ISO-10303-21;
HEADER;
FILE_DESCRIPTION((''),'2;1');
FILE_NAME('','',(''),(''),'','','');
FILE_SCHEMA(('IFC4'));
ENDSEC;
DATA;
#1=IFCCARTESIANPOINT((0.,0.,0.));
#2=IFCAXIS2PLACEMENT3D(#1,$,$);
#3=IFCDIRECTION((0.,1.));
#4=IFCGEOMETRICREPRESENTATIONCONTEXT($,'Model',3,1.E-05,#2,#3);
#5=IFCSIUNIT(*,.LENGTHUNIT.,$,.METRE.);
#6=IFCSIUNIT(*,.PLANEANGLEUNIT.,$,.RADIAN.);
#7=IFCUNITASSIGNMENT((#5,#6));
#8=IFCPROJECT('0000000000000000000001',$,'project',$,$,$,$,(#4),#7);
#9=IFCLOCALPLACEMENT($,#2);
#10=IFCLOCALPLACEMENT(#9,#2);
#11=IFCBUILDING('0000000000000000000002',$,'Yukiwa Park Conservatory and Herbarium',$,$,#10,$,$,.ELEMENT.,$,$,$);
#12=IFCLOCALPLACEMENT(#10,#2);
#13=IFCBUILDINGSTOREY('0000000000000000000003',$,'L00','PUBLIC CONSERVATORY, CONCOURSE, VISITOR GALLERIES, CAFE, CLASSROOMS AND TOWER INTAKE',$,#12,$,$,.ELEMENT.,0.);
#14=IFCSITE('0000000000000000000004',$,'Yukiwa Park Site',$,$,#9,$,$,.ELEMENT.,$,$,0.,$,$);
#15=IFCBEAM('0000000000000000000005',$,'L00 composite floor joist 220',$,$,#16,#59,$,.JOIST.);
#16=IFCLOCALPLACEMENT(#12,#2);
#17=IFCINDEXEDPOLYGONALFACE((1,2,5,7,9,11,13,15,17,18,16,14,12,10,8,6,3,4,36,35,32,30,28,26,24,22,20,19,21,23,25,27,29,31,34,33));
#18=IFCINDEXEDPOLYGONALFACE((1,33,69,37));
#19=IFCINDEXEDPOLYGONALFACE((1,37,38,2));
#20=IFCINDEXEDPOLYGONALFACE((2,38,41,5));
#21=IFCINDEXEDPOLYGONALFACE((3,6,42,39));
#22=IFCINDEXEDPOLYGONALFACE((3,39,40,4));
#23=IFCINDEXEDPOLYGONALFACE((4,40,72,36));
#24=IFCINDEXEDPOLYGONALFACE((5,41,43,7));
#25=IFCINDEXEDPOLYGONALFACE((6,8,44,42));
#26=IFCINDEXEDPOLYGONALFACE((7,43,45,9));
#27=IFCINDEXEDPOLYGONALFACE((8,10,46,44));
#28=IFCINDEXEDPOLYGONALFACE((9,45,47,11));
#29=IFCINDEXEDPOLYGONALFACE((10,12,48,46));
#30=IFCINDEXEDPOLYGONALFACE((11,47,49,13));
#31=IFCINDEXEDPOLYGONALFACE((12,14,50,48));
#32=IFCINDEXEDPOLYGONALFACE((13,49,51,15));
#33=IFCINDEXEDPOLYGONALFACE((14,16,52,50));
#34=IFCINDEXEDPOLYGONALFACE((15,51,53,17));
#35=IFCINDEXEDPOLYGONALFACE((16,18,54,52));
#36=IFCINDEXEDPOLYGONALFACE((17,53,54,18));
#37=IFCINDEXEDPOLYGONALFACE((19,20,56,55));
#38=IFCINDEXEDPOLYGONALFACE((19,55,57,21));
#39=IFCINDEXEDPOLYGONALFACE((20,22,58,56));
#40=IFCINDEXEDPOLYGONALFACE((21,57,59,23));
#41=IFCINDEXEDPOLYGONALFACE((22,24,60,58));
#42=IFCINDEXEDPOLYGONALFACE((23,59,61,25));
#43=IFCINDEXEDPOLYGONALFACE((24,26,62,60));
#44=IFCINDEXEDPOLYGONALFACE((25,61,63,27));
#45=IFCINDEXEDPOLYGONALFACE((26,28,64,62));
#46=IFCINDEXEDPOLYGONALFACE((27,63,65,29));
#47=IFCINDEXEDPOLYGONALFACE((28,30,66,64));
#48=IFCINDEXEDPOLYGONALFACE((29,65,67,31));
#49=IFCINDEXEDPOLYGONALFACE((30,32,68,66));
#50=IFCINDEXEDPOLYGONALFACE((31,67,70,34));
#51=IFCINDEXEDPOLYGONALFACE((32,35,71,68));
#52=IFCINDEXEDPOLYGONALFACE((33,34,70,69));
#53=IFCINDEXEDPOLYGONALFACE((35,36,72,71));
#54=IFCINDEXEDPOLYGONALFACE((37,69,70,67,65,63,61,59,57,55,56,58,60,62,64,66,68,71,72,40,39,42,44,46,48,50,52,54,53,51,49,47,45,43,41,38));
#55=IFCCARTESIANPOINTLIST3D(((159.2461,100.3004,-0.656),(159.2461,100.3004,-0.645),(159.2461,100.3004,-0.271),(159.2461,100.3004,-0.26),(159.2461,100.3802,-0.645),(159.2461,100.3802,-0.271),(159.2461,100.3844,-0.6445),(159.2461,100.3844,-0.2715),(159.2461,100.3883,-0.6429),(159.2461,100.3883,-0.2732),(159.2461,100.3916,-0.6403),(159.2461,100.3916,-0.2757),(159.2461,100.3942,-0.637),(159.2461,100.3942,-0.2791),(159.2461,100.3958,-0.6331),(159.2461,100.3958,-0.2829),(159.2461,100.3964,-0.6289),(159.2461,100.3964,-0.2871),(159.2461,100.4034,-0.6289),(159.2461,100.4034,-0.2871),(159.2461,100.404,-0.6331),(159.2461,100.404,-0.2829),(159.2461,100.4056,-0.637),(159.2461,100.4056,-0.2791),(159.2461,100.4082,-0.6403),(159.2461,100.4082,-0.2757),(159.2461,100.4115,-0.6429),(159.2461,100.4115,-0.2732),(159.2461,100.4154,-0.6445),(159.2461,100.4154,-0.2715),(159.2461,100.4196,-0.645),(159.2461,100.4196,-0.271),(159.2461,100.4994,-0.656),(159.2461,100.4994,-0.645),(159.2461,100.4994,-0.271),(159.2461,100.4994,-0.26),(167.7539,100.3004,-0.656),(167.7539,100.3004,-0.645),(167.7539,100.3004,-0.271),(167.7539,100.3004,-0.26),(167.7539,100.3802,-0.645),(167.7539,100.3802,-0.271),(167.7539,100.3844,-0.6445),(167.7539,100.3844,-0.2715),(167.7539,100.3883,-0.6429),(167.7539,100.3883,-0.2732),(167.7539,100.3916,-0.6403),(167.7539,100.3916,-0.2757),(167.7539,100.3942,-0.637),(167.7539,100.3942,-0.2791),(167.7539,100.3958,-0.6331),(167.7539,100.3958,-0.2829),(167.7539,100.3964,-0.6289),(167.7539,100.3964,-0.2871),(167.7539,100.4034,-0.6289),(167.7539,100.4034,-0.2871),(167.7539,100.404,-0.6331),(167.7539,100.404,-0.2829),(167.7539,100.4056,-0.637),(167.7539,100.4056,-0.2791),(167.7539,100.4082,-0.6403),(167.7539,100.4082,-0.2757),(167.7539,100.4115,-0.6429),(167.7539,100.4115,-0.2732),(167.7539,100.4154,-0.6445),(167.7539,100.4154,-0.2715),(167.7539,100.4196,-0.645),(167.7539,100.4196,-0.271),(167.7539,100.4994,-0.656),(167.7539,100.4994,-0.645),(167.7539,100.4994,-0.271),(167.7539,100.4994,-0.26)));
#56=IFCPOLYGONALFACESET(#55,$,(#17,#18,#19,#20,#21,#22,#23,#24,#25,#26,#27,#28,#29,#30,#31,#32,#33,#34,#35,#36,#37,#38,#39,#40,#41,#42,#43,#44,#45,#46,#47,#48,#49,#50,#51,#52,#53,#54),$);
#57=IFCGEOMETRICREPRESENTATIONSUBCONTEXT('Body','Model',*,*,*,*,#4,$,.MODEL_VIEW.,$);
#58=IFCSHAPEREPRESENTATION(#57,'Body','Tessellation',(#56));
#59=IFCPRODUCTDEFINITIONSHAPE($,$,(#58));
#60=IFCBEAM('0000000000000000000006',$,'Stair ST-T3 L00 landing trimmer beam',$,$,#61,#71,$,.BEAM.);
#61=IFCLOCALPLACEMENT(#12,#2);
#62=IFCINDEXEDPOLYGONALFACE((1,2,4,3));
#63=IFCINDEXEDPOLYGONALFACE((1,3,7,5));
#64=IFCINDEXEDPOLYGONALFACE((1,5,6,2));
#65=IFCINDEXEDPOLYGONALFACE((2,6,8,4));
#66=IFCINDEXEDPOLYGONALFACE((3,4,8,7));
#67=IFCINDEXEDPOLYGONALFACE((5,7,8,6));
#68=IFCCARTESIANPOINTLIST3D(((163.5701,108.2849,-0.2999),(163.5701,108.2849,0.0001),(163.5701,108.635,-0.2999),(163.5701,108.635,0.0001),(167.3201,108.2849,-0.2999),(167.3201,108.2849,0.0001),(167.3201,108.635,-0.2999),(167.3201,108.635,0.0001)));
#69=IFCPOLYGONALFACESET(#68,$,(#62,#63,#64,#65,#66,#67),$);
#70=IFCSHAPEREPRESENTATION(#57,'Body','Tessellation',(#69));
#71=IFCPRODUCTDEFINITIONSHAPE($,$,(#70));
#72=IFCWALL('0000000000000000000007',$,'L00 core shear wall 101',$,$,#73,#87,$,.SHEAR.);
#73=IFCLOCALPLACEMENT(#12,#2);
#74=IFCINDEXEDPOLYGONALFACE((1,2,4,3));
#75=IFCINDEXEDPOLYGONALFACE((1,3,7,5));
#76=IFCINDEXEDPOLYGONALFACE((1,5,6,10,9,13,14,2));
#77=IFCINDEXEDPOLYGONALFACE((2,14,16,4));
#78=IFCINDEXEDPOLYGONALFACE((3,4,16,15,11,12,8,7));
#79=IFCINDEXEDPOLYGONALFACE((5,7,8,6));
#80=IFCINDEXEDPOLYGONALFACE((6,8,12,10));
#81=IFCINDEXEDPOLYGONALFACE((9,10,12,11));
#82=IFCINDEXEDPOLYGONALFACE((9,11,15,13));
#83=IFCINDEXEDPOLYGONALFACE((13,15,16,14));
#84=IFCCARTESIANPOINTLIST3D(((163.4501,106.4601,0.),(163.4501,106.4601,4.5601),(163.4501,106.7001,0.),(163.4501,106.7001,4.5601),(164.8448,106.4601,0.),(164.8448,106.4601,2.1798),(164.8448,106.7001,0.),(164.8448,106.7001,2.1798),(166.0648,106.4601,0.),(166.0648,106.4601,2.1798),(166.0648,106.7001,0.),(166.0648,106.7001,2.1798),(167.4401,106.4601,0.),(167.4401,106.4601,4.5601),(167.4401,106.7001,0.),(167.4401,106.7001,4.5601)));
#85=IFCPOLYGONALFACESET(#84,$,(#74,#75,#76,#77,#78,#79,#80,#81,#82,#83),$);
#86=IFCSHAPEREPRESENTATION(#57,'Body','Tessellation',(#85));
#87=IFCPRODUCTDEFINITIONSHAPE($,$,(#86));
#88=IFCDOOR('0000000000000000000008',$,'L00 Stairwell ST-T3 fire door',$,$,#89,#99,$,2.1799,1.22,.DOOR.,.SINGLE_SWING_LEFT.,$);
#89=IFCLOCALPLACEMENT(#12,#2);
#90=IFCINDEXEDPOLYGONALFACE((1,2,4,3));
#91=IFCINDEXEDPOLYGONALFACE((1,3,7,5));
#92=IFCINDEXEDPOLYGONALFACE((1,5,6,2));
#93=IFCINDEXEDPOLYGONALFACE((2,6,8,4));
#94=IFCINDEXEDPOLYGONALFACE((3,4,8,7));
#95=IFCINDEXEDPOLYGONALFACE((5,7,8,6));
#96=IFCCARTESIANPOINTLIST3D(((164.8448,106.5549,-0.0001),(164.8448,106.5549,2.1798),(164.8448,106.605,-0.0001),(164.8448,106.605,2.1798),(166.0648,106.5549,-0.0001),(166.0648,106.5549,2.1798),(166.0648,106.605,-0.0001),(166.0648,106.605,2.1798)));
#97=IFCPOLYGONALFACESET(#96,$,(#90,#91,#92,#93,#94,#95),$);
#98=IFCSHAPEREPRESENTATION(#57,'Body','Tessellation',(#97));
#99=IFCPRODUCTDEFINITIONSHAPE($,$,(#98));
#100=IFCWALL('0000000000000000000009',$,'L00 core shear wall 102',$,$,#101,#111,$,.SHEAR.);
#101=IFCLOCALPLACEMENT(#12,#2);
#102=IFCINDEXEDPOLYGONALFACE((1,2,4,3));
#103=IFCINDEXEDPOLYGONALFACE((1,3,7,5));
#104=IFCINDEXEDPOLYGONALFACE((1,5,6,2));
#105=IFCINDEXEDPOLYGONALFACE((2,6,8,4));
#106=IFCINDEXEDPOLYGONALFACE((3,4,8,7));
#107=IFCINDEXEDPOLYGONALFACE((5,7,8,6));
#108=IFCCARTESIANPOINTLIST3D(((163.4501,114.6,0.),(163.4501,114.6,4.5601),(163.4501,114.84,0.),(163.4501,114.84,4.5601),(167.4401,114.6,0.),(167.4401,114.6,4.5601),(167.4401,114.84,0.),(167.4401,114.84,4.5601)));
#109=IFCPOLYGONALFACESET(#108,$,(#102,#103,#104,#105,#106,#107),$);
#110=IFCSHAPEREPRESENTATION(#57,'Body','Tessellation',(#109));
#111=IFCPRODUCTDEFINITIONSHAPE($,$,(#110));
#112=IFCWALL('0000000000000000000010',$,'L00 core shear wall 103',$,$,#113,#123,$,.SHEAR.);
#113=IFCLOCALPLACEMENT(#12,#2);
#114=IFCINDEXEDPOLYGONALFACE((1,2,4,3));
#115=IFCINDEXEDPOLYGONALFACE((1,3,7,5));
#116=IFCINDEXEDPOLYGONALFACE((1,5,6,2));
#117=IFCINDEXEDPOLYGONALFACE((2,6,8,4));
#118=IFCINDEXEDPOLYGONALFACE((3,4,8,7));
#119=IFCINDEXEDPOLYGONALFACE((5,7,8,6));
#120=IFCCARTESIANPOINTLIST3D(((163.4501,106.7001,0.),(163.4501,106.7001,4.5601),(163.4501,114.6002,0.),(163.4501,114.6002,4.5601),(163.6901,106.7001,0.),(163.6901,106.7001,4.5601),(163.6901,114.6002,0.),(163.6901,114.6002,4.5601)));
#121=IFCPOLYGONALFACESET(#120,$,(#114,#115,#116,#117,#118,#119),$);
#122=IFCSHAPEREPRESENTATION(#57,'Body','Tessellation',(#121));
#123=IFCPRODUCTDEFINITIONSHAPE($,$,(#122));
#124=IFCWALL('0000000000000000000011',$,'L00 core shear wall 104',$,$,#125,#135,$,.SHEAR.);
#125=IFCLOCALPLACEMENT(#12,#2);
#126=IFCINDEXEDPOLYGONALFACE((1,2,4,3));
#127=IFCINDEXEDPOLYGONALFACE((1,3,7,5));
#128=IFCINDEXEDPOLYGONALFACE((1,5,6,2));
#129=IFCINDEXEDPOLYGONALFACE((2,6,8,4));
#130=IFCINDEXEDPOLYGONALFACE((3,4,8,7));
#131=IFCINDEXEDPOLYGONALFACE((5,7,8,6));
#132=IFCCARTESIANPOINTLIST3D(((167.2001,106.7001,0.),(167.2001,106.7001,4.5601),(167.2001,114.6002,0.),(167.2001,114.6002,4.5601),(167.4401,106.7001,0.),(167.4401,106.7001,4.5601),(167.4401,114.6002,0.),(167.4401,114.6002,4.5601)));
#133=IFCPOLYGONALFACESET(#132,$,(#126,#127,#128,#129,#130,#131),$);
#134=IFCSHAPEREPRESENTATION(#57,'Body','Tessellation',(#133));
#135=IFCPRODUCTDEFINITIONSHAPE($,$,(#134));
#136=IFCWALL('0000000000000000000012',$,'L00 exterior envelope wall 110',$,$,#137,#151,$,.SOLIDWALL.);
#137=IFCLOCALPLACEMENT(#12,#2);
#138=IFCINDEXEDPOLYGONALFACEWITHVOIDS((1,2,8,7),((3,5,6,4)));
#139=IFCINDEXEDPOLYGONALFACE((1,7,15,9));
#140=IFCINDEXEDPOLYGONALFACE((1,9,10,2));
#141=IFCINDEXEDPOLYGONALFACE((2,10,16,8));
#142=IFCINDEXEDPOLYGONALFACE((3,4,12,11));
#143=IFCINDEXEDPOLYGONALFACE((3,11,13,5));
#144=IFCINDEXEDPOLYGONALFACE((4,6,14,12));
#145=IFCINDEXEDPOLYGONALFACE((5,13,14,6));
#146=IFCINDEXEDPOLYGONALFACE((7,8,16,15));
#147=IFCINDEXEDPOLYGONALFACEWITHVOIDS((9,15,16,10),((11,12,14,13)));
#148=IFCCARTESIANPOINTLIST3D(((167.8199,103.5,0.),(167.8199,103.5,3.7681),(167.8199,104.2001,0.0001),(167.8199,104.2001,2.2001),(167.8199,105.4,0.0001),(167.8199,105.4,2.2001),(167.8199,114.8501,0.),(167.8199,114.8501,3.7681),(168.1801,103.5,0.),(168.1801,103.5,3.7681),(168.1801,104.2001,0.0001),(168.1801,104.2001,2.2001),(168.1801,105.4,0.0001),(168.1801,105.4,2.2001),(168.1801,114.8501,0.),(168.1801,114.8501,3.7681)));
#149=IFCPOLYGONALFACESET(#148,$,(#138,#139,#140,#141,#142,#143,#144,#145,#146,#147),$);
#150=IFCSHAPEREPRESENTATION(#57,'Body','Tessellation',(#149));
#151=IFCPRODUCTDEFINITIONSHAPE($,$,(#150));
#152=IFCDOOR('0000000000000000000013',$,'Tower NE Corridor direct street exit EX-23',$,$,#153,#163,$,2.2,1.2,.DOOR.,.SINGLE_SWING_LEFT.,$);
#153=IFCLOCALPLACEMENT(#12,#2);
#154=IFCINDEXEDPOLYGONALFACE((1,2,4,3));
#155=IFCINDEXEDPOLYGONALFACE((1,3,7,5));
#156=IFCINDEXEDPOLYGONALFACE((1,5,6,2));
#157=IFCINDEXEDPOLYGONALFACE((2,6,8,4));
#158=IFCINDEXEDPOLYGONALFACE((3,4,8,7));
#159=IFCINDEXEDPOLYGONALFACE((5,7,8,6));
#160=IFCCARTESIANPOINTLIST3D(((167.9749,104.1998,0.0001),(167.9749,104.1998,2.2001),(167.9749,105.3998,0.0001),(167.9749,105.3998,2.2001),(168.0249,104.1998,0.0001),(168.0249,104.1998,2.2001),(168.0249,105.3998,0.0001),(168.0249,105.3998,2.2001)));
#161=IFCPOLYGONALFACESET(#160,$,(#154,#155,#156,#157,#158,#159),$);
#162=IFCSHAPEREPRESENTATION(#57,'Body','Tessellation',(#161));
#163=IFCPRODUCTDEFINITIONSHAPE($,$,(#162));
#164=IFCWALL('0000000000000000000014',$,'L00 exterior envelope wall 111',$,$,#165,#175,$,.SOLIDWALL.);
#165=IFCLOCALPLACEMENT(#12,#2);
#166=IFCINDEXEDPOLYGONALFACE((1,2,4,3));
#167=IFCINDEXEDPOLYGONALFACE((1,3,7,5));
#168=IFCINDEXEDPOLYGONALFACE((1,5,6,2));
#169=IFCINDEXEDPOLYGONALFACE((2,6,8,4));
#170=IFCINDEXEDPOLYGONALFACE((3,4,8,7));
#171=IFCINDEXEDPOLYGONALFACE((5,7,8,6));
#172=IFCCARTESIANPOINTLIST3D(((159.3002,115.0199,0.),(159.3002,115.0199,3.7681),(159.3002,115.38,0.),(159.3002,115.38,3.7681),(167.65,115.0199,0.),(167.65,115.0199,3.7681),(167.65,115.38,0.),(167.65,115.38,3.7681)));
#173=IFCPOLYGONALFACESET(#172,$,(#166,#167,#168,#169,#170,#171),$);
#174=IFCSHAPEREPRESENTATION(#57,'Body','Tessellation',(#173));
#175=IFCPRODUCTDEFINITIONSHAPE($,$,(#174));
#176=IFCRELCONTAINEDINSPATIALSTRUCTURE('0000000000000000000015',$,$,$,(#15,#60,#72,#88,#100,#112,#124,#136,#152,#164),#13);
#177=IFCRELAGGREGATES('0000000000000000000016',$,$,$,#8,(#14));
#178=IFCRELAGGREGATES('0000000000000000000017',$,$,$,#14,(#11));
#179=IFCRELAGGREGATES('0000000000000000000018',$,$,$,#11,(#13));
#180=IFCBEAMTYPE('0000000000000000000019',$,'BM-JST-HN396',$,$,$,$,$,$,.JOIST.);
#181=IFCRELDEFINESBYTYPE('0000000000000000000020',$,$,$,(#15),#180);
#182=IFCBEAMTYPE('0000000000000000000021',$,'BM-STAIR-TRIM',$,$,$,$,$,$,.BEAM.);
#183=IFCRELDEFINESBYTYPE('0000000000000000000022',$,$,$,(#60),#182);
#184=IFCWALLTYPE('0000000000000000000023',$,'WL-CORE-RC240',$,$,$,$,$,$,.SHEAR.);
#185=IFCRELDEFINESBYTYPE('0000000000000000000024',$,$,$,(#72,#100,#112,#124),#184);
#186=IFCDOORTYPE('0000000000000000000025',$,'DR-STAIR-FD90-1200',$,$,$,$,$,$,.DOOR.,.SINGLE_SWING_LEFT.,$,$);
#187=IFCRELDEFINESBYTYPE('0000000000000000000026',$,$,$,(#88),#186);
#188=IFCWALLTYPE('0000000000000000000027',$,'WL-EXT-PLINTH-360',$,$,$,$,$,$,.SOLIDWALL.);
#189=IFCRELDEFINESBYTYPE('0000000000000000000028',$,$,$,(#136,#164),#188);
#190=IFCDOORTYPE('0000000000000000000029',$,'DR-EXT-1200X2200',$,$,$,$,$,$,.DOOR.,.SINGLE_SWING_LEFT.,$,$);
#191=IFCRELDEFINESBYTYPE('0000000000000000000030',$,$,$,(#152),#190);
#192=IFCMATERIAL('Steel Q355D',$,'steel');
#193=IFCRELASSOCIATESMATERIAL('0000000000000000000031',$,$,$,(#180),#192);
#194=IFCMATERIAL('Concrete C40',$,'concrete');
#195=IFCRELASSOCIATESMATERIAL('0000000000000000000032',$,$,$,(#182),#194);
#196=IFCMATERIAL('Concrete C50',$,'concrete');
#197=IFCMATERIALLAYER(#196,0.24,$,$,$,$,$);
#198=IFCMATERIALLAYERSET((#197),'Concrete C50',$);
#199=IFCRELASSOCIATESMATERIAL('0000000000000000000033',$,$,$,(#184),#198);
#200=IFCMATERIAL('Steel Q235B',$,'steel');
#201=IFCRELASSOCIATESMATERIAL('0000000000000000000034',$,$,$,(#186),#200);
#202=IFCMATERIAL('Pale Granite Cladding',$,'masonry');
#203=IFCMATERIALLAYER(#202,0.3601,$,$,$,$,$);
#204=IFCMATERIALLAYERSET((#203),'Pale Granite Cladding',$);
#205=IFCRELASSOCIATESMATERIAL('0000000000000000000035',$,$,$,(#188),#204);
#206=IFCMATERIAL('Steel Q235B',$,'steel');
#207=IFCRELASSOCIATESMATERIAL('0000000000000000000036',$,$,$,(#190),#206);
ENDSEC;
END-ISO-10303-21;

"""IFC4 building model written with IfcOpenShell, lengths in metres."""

from ifc_helpers import new_model, si_unit, direction, frame, frame_2d, origin, origin_2d, place, context, subcontext, project, spatial, rectangle, i_section, extrude, material, layer, layer_set, material_profile, profile_set, type_object, element, fill, save


model = new_model("IFC4")

# Units and contexts
model_context = context("Model", 3, precision=1e-05, world=origin(), true_north=direction((0.0, 1.0)))
body_context = subcontext(model_context, "Body", "Model", "MODEL_VIEW")
ifc_project = project(units=[si_unit("LENGTHUNIT", "METRE"), si_unit("PLANEANGLEUNIT", "RADIAN")], contexts=[model_context])

# Site, building, storey
site_placement = place(None, origin())
site = spatial("IfcSite", under=ifc_project, at=site_placement, Name="Yukiwa Park Site", CompositionType="ELEMENT", RefElevation=0.0)
building_placement = place(site_placement, origin())
building = spatial("IfcBuilding", under=site, at=building_placement, Name="Yukiwa Park Conservatory and Herbarium", CompositionType="ELEMENT")
storey_placement = place(building_placement, origin())
storey = spatial("IfcBuildingStorey", under=building, at=storey_placement, Name="L00", Description="PUBLIC CONSERVATORY, CONCOURSE, VISITOR GALLERIES, CAFE, CLASSROOMS AND TOWER INTAKE", CompositionType="ELEMENT", Elevation=0.0)

# Beams
ifc_material_1 = material(Name="Steel Q355D", Category="steel")
ifc_material_profile_1 = material_profile(ifc_material_1, i_section(OverallWidth=0.199, OverallDepth=0.396, WebThickness=0.0071, FlangeThickness=0.011, FilletRadius=0.0161, at=origin_2d()), Name="HN 396x199x7x11")
ifc_profile_set_1 = profile_set([ifc_material_profile_1], Name="Steel Q355D")
beam_type_1 = type_object("IfcBeamType", Name="BM-JST-HN396", PredefinedType="JOIST", material=ifc_profile_set_1)
for number, where, z_axis, x_axis, name in (
    (1, (159.2461, 100.3999, -0.458), (1.0, 0.0, 0.0), (0.0, 1.0, 0.0), "L00 composite floor joist 220"),
):
    element("IfcBeam", number, at=place(storey_placement, frame(where, z_axis=z_axis, x_axis=x_axis)), inside=storey, type_object=beam_type_1, Name=name, PredefinedType="JOIST", context=body_context, shape_type="SweptSolid", body=[
        extrude(i_section(OverallWidth=0.199, OverallDepth=0.396, WebThickness=0.0071, FlangeThickness=0.011, FilletRadius=0.0161, at=origin_2d()), origin(), (0.0, 0.0, 1.0), 8.5078),
    ])
ifc_material_2 = material(Name="Concrete C40", Category="concrete")
ifc_material_profile_2 = material_profile(ifc_material_2, rectangle(XDim=0.3501, YDim=0.3, at=origin_2d()), Name="RC 350x300")
ifc_profile_set_2 = profile_set([ifc_material_profile_2], Name="Concrete C40")
beam_type_2 = type_object("IfcBeamType", Name="BM-STAIR-TRIM", PredefinedType="BEAM", material=ifc_profile_set_2)
beam_placement = place(storey_placement, frame((163.5701, 108.46, -0.1499), z_axis=(1.0, 0.0, 0.0), x_axis=(0.0, 1.0, 0.0)))
element("IfcBeam", 2, at=beam_placement, inside=storey, type_object=beam_type_2, Name="Stair ST-T3 L00 landing trimmer beam", PredefinedType="BEAM", context=body_context, shape_type="SweptSolid", body=[
    extrude(rectangle(XDim=0.3501, YDim=0.3, at=origin_2d()), origin(), (0.0, 0.0, 1.0), 3.75),
])

# Wall, opening, door
ifc_material_3 = material(Name="Concrete C50", Category="concrete")
ifc_layer_1 = layer(ifc_material_3, 0.24)
ifc_layer_set_1 = layer_set([ifc_layer_1], Name="Concrete C50")
wall_type_1 = type_object("IfcWallType", Name="WL-CORE-RC240", PredefinedType="SHEAR", material=ifc_layer_set_1)
wall_1_placement = place(storey_placement, frame((163.45, 106.5801, 0.0), z_axis=(0.0, 0.0, 1.0), x_axis=(1.0, 0.0, 0.0)))
wall_1 = element("IfcWall", 3, at=wall_1_placement, inside=storey, type_object=wall_type_1, Name="L00 core shear wall 101", PredefinedType="SHEAR", context=body_context, shape_type="SweptSolid", body=[
    extrude(rectangle(XDim=3.99, YDim=0.24, at=frame_2d((1.9951, 0.0))), origin(), (0.0, 0.0, 1.0), 4.5601),
])
opening_1_placement = place(wall_1_placement, frame((1.395, 0.0, 0.0)))
opening_1 = element("IfcOpeningElement", 4, at=opening_1_placement, cuts=wall_1, PredefinedType="OPENING", context=body_context, shape_type="SweptSolid", body=[
    extrude(rectangle(XDim=1.22, YDim=2.1799, at=frame_2d((0.6099, 1.0898))), frame((0.0, 0.1299, 0.0), z_axis=(0.0, -1.0, 0.0), x_axis=(1.0, 0.0, 0.0)), (0.0, 0.0, 1.0), 0.26),
])
ifc_material_4 = material(Name="Steel Q235B", Category="steel")
door_type_1 = type_object("IfcDoorType", Name="DR-STAIR-FD90-1200", OperationType="SINGLE_SWING_LEFT", PredefinedType="DOOR", material=ifc_material_4)
door_1_placement = place(opening_1_placement, origin())
door_1 = element("IfcDoor", 5, at=door_1_placement, inside=storey, type_object=door_type_1, Name="L00 Stairwell ST-T3 fire door", OperationType="SINGLE_SWING_LEFT", OverallHeight=2.1799, OverallWidth=1.22, PredefinedType="DOOR", context=body_context, shape_type="SweptSolid", body=[
    extrude(rectangle(XDim=1.22, YDim=2.1799, at=frame_2d((0.6099, 1.0898))), frame((0.0, 0.0249, 0.0), z_axis=(0.0, -1.0, 0.0), x_axis=(1.0, 0.0, 0.0)), (0.0, 0.0, 1.0), 0.05),
])
fill(opening_1, door_1)

# Walls
wall_2_placement = place(storey_placement, frame((163.45, 114.72, 0.0), z_axis=(0.0, 0.0, 1.0), x_axis=(1.0, 0.0, 0.0)))
element("IfcWall", 6, at=wall_2_placement, inside=storey, type_object=wall_type_1, Name="L00 core shear wall 102", PredefinedType="SHEAR", context=body_context, shape_type="SweptSolid", body=[
    extrude(rectangle(XDim=3.99, YDim=0.24, at=frame_2d((1.9951, 0.0))), origin(), (0.0, 0.0, 1.0), 4.5601),
])
for number, where, z_axis, x_axis, name in (
    (7, (163.5701, 106.7, 0.0), (0.0, 0.0, 1.0), (0.0, 1.0, 0.0), "L00 core shear wall 103"),
    (8, (167.3201, 106.7, 0.0), (0.0, 0.0, 1.0), (0.0, 1.0, 0.0), "L00 core shear wall 104"),
):
    element("IfcWall", number, at=place(storey_placement, frame(where, z_axis=z_axis, x_axis=x_axis)), inside=storey, type_object=wall_type_1, Name=name, PredefinedType="SHEAR", context=body_context, shape_type="SweptSolid", body=[
        extrude(rectangle(XDim=7.9001, YDim=0.24, at=frame_2d((3.9502, 0.0))), origin(), (0.0, 0.0, 1.0), 4.5601),
    ])

# Wall, opening, door
ifc_material_5 = material(Name="Pale Granite Cladding", Category="masonry")
ifc_layer_2 = layer(ifc_material_5, 0.3601)
ifc_layer_set_2 = layer_set([ifc_layer_2], Name="Pale Granite Cladding")
wall_type_2 = type_object("IfcWallType", Name="WL-EXT-PLINTH-360", PredefinedType="SOLIDWALL", material=ifc_layer_set_2)
wall_3_placement = place(storey_placement, frame((168.0, 103.5, 0.0), z_axis=(0.0, 0.0, 1.0), x_axis=(0.0, 1.0, 0.0)))
wall_3 = element("IfcWall", 9, at=wall_3_placement, inside=storey, type_object=wall_type_2, Name="L00 exterior envelope wall 110", PredefinedType="SOLIDWALL", context=body_context, shape_type="SweptSolid", body=[
    extrude(rectangle(XDim=11.3501, YDim=0.3601, at=frame_2d((5.675, 0.0))), origin(), (0.0, 0.0, 1.0), 3.7681),
])
opening_2_placement = place(wall_3_placement, frame((0.7, 0.0, 0.0)))
opening_2 = element("IfcOpeningElement", 10, at=opening_2_placement, cuts=wall_3, PredefinedType="OPENING", context=body_context, shape_type="SweptSolid", body=[
    extrude(rectangle(XDim=1.2, YDim=2.2, at=frame_2d((0.6001, 1.1001))), frame((0.0, 0.1899, 0.0), z_axis=(0.0, -1.0, 0.0), x_axis=(1.0, 0.0, 0.0)), (0.0, 0.0, 1.0), 0.3801),
])
ifc_material_6 = material(Name="Steel Q235B", Category="steel")
door_type_2 = type_object("IfcDoorType", Name="DR-EXT-1200X2200", OperationType="SINGLE_SWING_LEFT", PredefinedType="DOOR", material=ifc_material_6)
door_2_placement = place(opening_2_placement, frame((1.2, 0.0, 0.0), z_axis=(0.0, 0.0, 1.0), x_axis=(-1.0, 0.0, 0.0)))
door_2 = element("IfcDoor", 11, at=door_2_placement, inside=storey, type_object=door_type_2, Name="Tower NE Corridor direct street exit EX-23", OperationType="SINGLE_SWING_LEFT", OverallHeight=2.2, OverallWidth=1.2, PredefinedType="DOOR", context=body_context, shape_type="SweptSolid", body=[
    extrude(rectangle(XDim=1.2, YDim=2.2, at=frame_2d((0.6001, 1.1001))), frame((0.0, 0.0249, 0.0), z_axis=(0.0, -1.0, 0.0), x_axis=(1.0, 0.0, 0.0)), (0.0, 0.0, 1.0), 0.05),
])
fill(opening_2, door_2)

# Wall
wall_4_placement = place(storey_placement, frame((167.6499, 115.2, 0.0), z_axis=(0.0, 0.0, 1.0), x_axis=(-1.0, 0.0, 0.0)))
element("IfcWall", 12, at=wall_4_placement, inside=storey, type_object=wall_type_2, Name="L00 exterior envelope wall 111", PredefinedType="SOLIDWALL", context=body_context, shape_type="SweptSolid", body=[
    extrude(rectangle(XDim=8.3499, YDim=0.3601, at=frame_2d((4.1748, 0.0))), origin(), (0.0, 0.0, 1.0), 3.7681),
])

save(model, "model.ifc")
